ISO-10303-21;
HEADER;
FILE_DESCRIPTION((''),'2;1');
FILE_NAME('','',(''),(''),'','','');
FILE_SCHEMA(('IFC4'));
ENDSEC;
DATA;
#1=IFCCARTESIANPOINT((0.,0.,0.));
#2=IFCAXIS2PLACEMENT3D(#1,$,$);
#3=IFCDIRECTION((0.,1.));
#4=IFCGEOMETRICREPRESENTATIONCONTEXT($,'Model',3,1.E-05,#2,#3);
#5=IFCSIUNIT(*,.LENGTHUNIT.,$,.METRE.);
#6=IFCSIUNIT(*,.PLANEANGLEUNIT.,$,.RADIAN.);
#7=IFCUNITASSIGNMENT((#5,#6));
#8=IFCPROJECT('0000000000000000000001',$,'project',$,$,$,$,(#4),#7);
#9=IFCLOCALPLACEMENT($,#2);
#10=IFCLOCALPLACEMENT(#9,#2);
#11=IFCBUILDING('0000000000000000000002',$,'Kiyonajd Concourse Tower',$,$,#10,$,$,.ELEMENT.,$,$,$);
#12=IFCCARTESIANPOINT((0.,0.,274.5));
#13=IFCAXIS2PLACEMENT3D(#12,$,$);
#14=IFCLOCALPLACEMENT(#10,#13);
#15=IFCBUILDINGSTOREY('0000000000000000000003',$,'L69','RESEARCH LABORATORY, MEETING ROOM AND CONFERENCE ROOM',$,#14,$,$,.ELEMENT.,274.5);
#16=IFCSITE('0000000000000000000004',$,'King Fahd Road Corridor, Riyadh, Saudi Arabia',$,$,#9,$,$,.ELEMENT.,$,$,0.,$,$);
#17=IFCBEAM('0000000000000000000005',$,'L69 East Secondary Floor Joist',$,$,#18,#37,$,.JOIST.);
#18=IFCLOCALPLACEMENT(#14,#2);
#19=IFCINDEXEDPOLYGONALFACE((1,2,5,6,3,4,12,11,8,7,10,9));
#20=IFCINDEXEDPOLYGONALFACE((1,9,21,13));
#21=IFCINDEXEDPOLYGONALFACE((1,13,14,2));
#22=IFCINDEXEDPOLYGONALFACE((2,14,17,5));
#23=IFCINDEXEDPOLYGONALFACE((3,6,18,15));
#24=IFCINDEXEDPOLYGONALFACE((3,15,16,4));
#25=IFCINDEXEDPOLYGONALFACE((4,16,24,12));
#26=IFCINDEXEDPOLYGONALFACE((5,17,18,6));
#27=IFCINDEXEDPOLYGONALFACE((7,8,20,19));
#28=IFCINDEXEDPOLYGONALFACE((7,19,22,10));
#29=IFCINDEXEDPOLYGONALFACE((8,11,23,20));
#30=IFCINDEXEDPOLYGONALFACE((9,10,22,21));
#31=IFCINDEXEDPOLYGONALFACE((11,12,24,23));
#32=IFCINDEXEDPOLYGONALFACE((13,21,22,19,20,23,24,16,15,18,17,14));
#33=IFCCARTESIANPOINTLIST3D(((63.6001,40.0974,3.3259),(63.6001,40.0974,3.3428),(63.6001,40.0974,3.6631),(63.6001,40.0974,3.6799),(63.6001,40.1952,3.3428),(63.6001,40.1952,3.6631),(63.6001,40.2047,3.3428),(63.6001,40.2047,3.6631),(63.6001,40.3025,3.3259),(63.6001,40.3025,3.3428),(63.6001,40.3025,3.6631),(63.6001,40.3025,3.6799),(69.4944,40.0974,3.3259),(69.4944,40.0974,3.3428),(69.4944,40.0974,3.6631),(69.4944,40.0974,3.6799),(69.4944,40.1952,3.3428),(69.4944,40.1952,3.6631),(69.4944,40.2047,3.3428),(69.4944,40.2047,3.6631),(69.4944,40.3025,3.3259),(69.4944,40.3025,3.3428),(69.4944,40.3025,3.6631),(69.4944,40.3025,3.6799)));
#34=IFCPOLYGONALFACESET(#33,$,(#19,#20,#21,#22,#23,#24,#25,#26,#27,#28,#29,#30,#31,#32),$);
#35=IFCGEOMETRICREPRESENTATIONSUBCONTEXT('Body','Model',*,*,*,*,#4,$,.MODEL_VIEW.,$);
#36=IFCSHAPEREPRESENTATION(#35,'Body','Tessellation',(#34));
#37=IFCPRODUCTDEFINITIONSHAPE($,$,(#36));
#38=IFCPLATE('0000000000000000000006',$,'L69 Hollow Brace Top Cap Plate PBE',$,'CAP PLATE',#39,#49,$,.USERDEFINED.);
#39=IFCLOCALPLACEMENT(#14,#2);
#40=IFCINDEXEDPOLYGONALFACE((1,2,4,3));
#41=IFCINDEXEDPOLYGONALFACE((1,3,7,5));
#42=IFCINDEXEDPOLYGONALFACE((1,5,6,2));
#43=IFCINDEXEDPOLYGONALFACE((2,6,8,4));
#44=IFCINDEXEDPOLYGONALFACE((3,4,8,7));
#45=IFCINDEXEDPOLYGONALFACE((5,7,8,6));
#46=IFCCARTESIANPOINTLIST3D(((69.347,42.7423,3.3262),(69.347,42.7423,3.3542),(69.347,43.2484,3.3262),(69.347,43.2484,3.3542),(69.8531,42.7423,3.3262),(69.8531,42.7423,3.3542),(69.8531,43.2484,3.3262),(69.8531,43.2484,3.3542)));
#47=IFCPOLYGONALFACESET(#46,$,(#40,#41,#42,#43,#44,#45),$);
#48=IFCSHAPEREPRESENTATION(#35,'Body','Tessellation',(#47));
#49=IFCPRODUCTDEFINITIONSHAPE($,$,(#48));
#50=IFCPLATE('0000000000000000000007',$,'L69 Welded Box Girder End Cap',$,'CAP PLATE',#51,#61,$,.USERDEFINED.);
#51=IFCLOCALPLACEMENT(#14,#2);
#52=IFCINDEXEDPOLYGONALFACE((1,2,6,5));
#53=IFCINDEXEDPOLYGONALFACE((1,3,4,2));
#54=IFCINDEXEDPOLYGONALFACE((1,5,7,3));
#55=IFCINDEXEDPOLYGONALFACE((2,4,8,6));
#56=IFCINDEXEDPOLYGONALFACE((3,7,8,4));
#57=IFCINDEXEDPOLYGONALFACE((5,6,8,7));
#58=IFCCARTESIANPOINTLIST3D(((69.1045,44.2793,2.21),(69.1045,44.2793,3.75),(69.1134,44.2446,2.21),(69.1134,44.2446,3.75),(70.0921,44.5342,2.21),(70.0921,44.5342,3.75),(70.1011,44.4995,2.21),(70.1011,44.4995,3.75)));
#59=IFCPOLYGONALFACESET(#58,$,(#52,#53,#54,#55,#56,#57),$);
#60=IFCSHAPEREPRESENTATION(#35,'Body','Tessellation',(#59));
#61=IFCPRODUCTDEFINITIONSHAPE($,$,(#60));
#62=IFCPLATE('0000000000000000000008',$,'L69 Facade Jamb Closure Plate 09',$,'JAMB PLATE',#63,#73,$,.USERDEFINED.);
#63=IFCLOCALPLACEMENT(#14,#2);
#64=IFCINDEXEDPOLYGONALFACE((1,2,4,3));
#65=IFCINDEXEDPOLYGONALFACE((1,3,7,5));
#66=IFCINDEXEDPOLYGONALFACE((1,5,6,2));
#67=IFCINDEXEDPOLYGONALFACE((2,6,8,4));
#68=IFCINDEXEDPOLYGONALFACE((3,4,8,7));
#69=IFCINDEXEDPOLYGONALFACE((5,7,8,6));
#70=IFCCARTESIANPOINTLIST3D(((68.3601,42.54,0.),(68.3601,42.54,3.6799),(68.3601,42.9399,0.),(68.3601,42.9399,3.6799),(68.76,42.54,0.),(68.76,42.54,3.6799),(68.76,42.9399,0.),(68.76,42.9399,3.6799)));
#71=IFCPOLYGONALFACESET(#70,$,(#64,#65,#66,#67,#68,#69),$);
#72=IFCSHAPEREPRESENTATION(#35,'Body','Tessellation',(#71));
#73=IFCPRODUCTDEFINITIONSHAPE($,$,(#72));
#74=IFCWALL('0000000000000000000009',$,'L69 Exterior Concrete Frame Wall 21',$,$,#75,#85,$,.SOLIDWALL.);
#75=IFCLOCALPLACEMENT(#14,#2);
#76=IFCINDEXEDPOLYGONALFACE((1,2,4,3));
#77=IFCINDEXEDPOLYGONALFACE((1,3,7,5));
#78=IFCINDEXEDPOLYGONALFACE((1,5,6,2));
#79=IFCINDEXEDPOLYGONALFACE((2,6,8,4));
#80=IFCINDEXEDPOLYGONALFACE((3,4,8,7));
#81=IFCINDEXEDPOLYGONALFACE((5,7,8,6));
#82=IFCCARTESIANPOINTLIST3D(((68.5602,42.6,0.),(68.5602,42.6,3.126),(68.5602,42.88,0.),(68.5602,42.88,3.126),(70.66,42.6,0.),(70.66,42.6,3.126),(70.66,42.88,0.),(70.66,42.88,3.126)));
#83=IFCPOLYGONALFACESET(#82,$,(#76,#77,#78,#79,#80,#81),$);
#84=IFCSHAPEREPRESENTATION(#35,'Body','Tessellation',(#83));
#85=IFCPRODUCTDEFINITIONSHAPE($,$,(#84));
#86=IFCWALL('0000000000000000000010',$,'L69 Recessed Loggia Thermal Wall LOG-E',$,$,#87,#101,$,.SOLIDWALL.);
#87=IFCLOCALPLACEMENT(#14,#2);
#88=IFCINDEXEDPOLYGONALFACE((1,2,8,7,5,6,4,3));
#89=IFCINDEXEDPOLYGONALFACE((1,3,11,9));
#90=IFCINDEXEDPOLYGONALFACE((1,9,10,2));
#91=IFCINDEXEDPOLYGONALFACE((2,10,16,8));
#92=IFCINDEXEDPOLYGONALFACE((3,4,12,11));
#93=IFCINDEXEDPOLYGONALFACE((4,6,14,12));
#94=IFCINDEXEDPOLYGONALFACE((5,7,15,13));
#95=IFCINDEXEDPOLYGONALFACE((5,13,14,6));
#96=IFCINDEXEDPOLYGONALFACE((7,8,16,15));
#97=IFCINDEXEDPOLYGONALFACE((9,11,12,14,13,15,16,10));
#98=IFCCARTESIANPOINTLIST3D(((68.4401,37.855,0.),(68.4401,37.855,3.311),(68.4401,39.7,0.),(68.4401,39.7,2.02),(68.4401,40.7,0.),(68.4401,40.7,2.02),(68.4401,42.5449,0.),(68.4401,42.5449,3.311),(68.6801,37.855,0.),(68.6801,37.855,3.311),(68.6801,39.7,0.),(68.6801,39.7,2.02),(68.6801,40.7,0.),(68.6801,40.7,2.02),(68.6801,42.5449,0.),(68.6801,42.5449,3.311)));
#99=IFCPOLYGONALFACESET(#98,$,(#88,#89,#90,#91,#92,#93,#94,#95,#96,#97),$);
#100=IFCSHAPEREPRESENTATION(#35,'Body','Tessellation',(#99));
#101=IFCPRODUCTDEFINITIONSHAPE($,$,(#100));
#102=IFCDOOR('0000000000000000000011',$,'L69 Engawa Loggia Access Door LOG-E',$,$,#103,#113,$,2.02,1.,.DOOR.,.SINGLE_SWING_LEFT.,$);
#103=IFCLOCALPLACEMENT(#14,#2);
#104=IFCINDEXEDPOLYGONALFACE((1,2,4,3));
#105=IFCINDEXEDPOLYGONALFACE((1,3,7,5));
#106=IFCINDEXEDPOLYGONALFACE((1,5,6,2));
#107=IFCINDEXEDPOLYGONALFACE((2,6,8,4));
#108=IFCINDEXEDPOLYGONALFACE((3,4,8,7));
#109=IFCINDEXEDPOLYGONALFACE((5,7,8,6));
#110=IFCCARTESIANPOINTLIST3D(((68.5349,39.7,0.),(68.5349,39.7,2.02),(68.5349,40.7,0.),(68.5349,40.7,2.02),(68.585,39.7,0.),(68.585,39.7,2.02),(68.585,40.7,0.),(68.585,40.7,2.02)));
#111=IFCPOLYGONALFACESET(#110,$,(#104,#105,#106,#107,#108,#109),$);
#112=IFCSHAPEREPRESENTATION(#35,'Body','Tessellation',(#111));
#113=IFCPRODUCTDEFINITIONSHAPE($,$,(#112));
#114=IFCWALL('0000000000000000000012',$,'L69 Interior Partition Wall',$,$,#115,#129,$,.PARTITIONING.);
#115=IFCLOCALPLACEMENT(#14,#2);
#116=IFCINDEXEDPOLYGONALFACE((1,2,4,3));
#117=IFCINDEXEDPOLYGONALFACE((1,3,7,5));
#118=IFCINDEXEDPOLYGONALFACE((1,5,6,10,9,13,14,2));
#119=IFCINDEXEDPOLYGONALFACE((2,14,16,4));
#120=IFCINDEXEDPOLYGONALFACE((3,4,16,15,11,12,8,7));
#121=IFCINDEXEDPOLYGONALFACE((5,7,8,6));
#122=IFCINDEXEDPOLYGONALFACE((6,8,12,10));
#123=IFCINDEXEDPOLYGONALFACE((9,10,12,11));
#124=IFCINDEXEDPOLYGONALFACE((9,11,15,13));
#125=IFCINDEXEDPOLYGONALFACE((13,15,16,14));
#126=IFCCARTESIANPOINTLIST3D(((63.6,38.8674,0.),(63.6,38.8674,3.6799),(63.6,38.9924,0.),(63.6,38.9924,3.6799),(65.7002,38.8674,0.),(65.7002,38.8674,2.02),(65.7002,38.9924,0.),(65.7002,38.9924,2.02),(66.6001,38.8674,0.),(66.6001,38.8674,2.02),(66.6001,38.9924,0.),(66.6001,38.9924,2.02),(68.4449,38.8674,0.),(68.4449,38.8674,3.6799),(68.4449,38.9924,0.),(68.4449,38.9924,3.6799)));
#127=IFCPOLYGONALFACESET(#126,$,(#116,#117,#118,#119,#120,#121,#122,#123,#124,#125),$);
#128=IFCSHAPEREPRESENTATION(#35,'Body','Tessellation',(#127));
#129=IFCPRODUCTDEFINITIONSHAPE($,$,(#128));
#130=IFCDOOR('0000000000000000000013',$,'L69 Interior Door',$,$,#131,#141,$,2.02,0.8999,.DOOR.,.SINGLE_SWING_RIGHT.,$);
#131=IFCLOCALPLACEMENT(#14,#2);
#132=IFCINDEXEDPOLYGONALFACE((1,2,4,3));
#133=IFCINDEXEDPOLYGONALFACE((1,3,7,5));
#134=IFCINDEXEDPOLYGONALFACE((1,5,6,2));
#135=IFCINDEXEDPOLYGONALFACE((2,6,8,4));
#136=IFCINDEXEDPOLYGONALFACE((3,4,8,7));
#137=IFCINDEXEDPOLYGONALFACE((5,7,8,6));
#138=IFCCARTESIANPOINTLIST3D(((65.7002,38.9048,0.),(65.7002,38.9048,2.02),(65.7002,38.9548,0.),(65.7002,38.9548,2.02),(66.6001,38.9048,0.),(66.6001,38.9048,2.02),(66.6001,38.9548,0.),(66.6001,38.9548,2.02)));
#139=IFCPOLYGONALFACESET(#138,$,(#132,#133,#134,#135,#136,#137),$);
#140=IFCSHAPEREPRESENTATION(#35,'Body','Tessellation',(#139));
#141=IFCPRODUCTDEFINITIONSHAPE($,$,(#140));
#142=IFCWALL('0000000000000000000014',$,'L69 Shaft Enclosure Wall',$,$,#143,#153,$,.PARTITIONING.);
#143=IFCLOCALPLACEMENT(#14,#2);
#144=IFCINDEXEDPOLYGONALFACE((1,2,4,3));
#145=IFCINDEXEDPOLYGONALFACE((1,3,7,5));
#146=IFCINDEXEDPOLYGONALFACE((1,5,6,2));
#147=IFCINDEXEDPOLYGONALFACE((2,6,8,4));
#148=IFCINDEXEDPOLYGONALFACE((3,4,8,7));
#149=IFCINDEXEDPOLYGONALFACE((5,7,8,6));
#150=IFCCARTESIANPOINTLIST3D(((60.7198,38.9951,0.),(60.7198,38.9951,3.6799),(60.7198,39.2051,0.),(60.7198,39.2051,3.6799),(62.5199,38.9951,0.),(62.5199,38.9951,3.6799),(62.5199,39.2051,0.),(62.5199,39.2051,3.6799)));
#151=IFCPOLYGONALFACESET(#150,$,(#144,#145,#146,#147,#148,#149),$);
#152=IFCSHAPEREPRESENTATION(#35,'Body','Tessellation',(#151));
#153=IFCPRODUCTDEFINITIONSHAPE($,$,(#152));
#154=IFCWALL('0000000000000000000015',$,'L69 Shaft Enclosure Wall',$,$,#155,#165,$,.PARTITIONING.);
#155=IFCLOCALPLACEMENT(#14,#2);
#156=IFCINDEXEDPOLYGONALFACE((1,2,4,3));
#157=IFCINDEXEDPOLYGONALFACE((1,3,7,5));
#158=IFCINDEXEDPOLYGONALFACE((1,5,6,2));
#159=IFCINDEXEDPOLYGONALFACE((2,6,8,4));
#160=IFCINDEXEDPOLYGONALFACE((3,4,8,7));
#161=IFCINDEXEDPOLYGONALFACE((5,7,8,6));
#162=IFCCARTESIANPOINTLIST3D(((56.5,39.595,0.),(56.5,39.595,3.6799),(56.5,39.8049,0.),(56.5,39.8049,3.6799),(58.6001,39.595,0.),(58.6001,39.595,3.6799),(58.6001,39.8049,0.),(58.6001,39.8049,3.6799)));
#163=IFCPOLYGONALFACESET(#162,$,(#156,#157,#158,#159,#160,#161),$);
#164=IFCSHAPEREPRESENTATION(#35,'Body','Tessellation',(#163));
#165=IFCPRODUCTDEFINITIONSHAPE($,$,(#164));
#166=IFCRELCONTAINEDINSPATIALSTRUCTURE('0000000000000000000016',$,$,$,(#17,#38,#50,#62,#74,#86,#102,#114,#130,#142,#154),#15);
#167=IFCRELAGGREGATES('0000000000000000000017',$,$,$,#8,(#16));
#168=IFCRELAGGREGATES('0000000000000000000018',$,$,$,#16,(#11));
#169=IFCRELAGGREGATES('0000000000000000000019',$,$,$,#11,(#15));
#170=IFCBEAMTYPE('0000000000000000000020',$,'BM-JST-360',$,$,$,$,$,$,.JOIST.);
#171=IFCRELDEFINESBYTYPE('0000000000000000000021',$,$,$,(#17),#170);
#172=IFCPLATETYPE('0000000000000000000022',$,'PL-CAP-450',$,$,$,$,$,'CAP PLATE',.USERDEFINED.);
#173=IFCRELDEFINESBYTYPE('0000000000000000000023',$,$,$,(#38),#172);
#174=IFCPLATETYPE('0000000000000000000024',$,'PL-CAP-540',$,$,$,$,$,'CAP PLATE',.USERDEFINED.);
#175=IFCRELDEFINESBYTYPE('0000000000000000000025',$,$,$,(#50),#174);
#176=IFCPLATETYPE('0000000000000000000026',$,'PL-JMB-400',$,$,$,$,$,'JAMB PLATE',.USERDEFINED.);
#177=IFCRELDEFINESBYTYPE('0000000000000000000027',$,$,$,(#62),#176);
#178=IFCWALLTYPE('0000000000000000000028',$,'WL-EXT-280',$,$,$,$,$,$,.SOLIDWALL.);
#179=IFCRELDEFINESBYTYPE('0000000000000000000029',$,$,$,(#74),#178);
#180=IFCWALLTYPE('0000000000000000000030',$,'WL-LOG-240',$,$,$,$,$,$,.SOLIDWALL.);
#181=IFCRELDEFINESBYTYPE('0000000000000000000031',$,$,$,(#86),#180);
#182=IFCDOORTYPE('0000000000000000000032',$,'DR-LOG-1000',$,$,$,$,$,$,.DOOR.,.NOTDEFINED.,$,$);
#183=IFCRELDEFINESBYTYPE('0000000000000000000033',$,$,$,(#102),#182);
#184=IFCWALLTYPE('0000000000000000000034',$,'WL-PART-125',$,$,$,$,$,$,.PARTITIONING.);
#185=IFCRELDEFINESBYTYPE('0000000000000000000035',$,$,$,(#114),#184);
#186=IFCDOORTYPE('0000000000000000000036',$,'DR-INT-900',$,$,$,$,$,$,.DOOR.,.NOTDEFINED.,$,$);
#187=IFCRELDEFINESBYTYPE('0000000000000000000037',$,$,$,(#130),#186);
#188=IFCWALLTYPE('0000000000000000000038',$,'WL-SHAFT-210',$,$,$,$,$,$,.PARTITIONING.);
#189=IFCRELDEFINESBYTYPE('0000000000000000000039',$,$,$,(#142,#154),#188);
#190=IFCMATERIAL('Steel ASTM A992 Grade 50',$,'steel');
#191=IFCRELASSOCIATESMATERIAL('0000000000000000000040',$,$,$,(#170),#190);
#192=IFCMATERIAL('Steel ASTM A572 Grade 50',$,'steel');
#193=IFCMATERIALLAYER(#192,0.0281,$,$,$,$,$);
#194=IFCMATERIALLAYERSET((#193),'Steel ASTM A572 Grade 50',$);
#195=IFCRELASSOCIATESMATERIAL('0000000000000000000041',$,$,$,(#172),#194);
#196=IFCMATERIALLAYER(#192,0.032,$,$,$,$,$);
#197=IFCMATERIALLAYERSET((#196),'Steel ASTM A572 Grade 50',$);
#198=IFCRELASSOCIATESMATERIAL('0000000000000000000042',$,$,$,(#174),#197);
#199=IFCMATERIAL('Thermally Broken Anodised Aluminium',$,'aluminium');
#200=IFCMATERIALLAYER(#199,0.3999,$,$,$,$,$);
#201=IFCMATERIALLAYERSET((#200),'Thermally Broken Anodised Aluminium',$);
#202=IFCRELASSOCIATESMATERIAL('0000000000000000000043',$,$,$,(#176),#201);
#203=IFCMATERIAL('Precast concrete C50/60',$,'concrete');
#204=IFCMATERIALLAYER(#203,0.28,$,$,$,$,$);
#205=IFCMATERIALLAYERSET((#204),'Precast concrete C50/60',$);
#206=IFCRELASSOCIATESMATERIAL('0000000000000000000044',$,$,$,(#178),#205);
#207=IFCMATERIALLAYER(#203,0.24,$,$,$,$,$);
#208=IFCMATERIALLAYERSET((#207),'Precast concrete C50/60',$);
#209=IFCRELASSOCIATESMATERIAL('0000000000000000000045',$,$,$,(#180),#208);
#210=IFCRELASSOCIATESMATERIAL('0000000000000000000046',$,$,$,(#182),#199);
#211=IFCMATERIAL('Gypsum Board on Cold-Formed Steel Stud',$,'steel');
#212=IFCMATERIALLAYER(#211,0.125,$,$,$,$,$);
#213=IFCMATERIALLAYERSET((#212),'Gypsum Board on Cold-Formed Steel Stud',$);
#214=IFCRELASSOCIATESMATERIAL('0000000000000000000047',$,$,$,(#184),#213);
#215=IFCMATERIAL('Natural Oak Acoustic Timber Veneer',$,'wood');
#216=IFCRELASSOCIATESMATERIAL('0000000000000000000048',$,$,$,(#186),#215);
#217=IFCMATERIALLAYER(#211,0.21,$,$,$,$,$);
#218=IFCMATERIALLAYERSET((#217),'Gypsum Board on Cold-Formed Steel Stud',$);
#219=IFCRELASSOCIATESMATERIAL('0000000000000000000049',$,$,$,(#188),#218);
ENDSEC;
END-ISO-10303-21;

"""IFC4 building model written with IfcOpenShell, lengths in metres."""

from ifc_helpers import new_model, si_unit, direction, frame, frame_2d, origin, origin_2d, place, context, subcontext, project, spatial, rectangle, i_section, extrude, material, layer, layer_set, material_profile, profile_set, type_object, element, fill, save


model = new_model("IFC4")

# Units and contexts
model_context = context("Model", 3, precision=1e-05, world=origin(), true_north=direction((0.0, 1.0)))
body_context = subcontext(model_context, "Body", "Model", "MODEL_VIEW")
ifc_project = project(units=[si_unit("LENGTHUNIT", "METRE"), si_unit("PLANEANGLEUNIT", "RADIAN")], contexts=[model_context])

# Site, building, storey
site_placement = place(None, origin())
site = spatial("IfcSite", under=ifc_project, at=site_placement, Name="King Fahd Road Corridor, Riyadh, Saudi Arabia", CompositionType="ELEMENT", RefElevation=0.0)
building_placement = place(site_placement, origin())
building = spatial("IfcBuilding", under=site, at=building_placement, Name="Kiyonajd Concourse Tower", CompositionType="ELEMENT")
storey_placement = place(building_placement, frame((0.0, 0.0, 274.5)))
storey = spatial("IfcBuildingStorey", under=building, at=storey_placement, Name="L69", Description="RESEARCH LABORATORY, MEETING ROOM AND CONFERENCE ROOM", CompositionType="ELEMENT", Elevation=274.5)

# Beam
ifc_material_1 = material(Name="Steel ASTM A992 Grade 50", Category="steel")
ifc_material_profile = material_profile(ifc_material_1, i_section(OverallWidth=0.2051, OverallDepth=0.354, WebThickness=0.0095, FlangeThickness=0.0168, at=origin_2d()), Name="W360X79")
ifc_profile_set = profile_set([ifc_material_profile], Name="Steel ASTM A992 Grade 50")
beam_type = type_object("IfcBeamType", Name="BM-JST-360", PredefinedType="JOIST", material=ifc_profile_set)
beam_placement = place(storey_placement, frame((63.6001, 40.2, 3.5029), z_axis=(1.0, 0.0, 0.0), x_axis=(0.0, 1.0, 0.0)))
element("IfcBeam", 1, at=beam_placement, inside=storey, type_object=beam_type, Name="L69 East Secondary Floor Joist", PredefinedType="JOIST", context=body_context, shape_type="SweptSolid", body=[
    extrude(i_section(OverallWidth=0.2051, OverallDepth=0.354, WebThickness=0.0095, FlangeThickness=0.0168, at=origin_2d()), origin(), (0.0, 0.0, 1.0), 5.8943),
])

# Plates
ifc_material_2 = material(Name="Steel ASTM A572 Grade 50", Category="steel")
ifc_layer_1 = layer(ifc_material_2, 0.0281)
ifc_layer_set_1 = layer_set([ifc_layer_1], Name="Steel ASTM A572 Grade 50")
plate_type_1 = type_object("IfcPlateType", Name="PL-CAP-450", ElementType="CAP PLATE", PredefinedType="USERDEFINED", material=ifc_layer_set_1)
plate_1_placement = place(storey_placement, frame((69.6001, 42.9954, 3.3262), z_axis=(0.0, 0.0, 1.0), x_axis=(1.0, 0.0, 0.0)))
element("IfcPlate", 2, at=plate_1_placement, inside=storey, type_object=plate_type_1, Name="L69 Hollow Brace Top Cap Plate PBE", ObjectType="CAP PLATE", PredefinedType="USERDEFINED", context=body_context, shape_type="SweptSolid", body=[
    extrude(rectangle(XDim=0.5061, YDim=0.5061, at=origin_2d()), origin(), (0.0, 0.0, 1.0), 0.0281),
])
ifc_layer_2 = layer(ifc_material_2, 0.032)
ifc_layer_set_2 = layer_set([ifc_layer_2], Name="Steel ASTM A572 Grade 50")
plate_type_2 = type_object("IfcPlateType", Name="PL-CAP-540", ElementType="CAP PLATE", PredefinedType="USERDEFINED", material=ifc_layer_set_2)
plate_2_placement = place(storey_placement, frame((69.6028, 44.3894, 2.21), z_axis=(0.0, 0.0, 1.0), x_axis=(0.249873, -0.968279, 0.0)))
element("IfcPlate", 3, at=plate_2_placement, inside=storey, type_object=plate_type_2, Name="L69 Welded Box Girder End Cap", ObjectType="CAP PLATE", PredefinedType="USERDEFINED", context=body_context, shape_type="SweptSolid", body=[
    extrude(rectangle(XDim=0.0359, YDim=1.02, at=origin_2d()), origin(), (0.0, 0.0, 1.0), 1.54),
])
ifc_material_3 = material(Name="Thermally Broken Anodised Aluminium", Category="aluminium")
ifc_layer_3 = layer(ifc_material_3, 0.3999)
ifc_layer_set_3 = layer_set([ifc_layer_3], Name="Thermally Broken Anodised Aluminium")
plate_type_3 = type_object("IfcPlateType", Name="PL-JMB-400", ElementType="JAMB PLATE", PredefinedType="USERDEFINED", material=ifc_layer_set_3)
plate_3_placement = place(storey_placement, frame((68.5601, 42.74, 0.0), z_axis=(0.0, 0.0, 1.0), x_axis=(1.0, 0.0, 0.0)))
element("IfcPlate", 4, at=plate_3_placement, inside=storey, type_object=plate_type_3, Name="L69 Facade Jamb Closure Plate 09", ObjectType="JAMB PLATE", PredefinedType="USERDEFINED", context=body_context, shape_type="SweptSolid", body=[
    extrude(rectangle(XDim=0.3999, YDim=0.3999, at=origin_2d()), origin(), (0.0, 0.0, 1.0), 3.6799),
])

# Wall
ifc_material_4 = material(Name="Precast concrete C50/60", Category="concrete")
ifc_layer_4 = layer(ifc_material_4, 0.28)
ifc_layer_set_4 = layer_set([ifc_layer_4], Name="Precast concrete C50/60")
wall_type_1 = type_object("IfcWallType", Name="WL-EXT-280", PredefinedType="SOLIDWALL", material=ifc_layer_set_4)
wall_1_placement = place(storey_placement, frame((70.6599, 42.74, 0.0), z_axis=(0.0, 0.0, 1.0), x_axis=(-1.0, 0.0, 0.0)))
element("IfcWall", 5, at=wall_1_placement, inside=storey, type_object=wall_type_1, Name="L69 Exterior Concrete Frame Wall 21", PredefinedType="SOLIDWALL", context=body_context, shape_type="SweptSolid", body=[
    extrude(rectangle(XDim=2.0999, YDim=0.28, at=frame_2d((1.0498, 0.0))), origin(), (0.0, 0.0, 1.0), 3.126),
])

# Walls, openings, doors
ifc_layer_5 = layer(ifc_material_4, 0.24)
ifc_layer_set_5 = layer_set([ifc_layer_5], Name="Precast concrete C50/60")
wall_type_2 = type_object("IfcWallType", Name="WL-LOG-240", PredefinedType="SOLIDWALL", material=ifc_layer_set_5)
wall_2_placement = place(storey_placement, frame((68.5601, 42.5449, 0.0), z_axis=(0.0, 0.0, 1.0), x_axis=(0.0, -1.0, 0.0)))
wall_2 = element("IfcWall", 6, at=wall_2_placement, inside=storey, type_object=wall_type_2, Name="L69 Recessed Loggia Thermal Wall LOG-E", PredefinedType="SOLIDWALL", context=body_context, shape_type="SweptSolid", body=[
    extrude(rectangle(XDim=4.6899, YDim=0.24, at=frame_2d((2.345, 0.0))), origin(), (0.0, 0.0, 1.0), 3.311),
])
opening_1_placement = place(wall_2_placement, frame((1.845, 0.0, 0.0)))
opening_1 = element("IfcOpeningElement", 7, at=opening_1_placement, cuts=wall_2, PredefinedType="OPENING", context=body_context, shape_type="SweptSolid", body=[
    extrude(rectangle(XDim=1.0, YDim=2.02, at=frame_2d((0.5, 1.01))), frame((0.0, 0.1299, 0.0), z_axis=(0.0, -1.0, 0.0), x_axis=(1.0, 0.0, 0.0)), (0.0, 0.0, 1.0), 0.26),
])
door_type_1 = type_object("IfcDoorType", Name="DR-LOG-1000", OperationType="NOTDEFINED", PredefinedType="DOOR", material=ifc_material_3)
door_1_placement = place(opening_1_placement, origin())
door_1 = element("IfcDoor", 8, at=door_1_placement, inside=storey, type_object=door_type_1, Name="L69 Engawa Loggia Access Door LOG-E", OperationType="SINGLE_SWING_LEFT", OverallHeight=2.02, OverallWidth=1.0, PredefinedType="DOOR", context=body_context, shape_type="SweptSolid", body=[
    extrude(rectangle(XDim=1.0, YDim=2.02, at=frame_2d((0.5, 1.01))), frame((0.0, 0.0249, 0.0), z_axis=(0.0, -1.0, 0.0), x_axis=(1.0, 0.0, 0.0)), (0.0, 0.0, 1.0), 0.05),
])
fill(opening_1, door_1)
ifc_material_5 = material(Name="Gypsum Board on Cold-Formed Steel Stud", Category="steel")
ifc_layer_6 = layer(ifc_material_5, 0.125)
ifc_layer_set_6 = layer_set([ifc_layer_6], Name="Gypsum Board on Cold-Formed Steel Stud")
wall_type_3 = type_object("IfcWallType", Name="WL-PART-125", PredefinedType="PARTITIONING", material=ifc_layer_set_6)
wall_3_placement = place(storey_placement, frame((63.6001, 38.9299, 0.0), z_axis=(0.0, 0.0, 1.0), x_axis=(1.0, 0.0, 0.0)))
wall_3 = element("IfcWall", 9, at=wall_3_placement, inside=storey, type_object=wall_type_3, Name="L69 Interior Partition Wall", PredefinedType="PARTITIONING", context=body_context, shape_type="SweptSolid", body=[
    extrude(rectangle(XDim=4.845, YDim=0.125, at=frame_2d((2.4224, 0.0))), origin(), (0.0, 0.0, 1.0), 3.6799),
])
opening_2_placement = place(wall_3_placement, frame((2.1001, 0.0, 0.0)))
opening_2 = element("IfcOpeningElement", 10, at=opening_2_placement, cuts=wall_3, PredefinedType="OPENING", context=body_context, shape_type="SweptSolid", body=[
    extrude(rectangle(XDim=0.8999, YDim=2.02, at=frame_2d((0.45, 1.01))), frame((0.0, 0.0725, 0.0), z_axis=(0.0, -1.0, 0.0), x_axis=(1.0, 0.0, 0.0)), (0.0, 0.0, 1.0), 0.145),
])
ifc_material_6 = material(Name="Natural Oak Acoustic Timber Veneer", Category="wood")
door_type_2 = type_object("IfcDoorType", Name="DR-INT-900", OperationType="NOTDEFINED", PredefinedType="DOOR", material=ifc_material_6)
door_2_placement = place(opening_2_placement, origin())
door_2 = element("IfcDoor", 11, at=door_2_placement, inside=storey, type_object=door_type_2, Name="L69 Interior Door", OperationType="SINGLE_SWING_RIGHT", OverallHeight=2.02, OverallWidth=0.8999, PredefinedType="DOOR", context=body_context, shape_type="SweptSolid", body=[
    extrude(rectangle(XDim=0.8999, YDim=2.02, at=frame_2d((0.45, 1.01))), frame((0.0, 0.0249, 0.0), z_axis=(0.0, -1.0, 0.0), x_axis=(1.0, 0.0, 0.0)), (0.0, 0.0, 1.0), 0.05),
])
fill(opening_2, door_2)

# Walls
ifc_layer_7 = layer(ifc_material_5, 0.21)
ifc_layer_set_7 = layer_set([ifc_layer_7], Name="Gypsum Board on Cold-Formed Steel Stud")
wall_type_4 = type_object("IfcWallType", Name="WL-SHAFT-210", PredefinedType="PARTITIONING", material=ifc_layer_set_7)
wall_4_placement = place(storey_placement, frame((60.72, 39.1001, 0.0), z_axis=(0.0, 0.0, 1.0), x_axis=(1.0, 0.0, 0.0)))
element("IfcWall", 12, at=wall_4_placement, inside=storey, type_object=wall_type_4, Name="L69 Shaft Enclosure Wall", PredefinedType="PARTITIONING", context=body_context, shape_type="SweptSolid", body=[
    extrude(rectangle(XDim=1.8, YDim=0.21, at=frame_2d((0.8999, 0.0))), origin(), (0.0, 0.0, 1.0), 3.6799),
])
wall_5_placement = place(storey_placement, frame((56.5, 39.7, 0.0), z_axis=(0.0, 0.0, 1.0), x_axis=(1.0, 0.0, 0.0)))
element("IfcWall", 13, at=wall_5_placement, inside=storey, type_object=wall_type_4, Name="L69 Shaft Enclosure Wall", PredefinedType="PARTITIONING", context=body_context, shape_type="SweptSolid", body=[
    extrude(rectangle(XDim=2.1001, YDim=0.21, at=frame_2d((1.05, 0.0))), origin(), (0.0, 0.0, 1.0), 3.6799),
])

save(model, "model.ifc")
